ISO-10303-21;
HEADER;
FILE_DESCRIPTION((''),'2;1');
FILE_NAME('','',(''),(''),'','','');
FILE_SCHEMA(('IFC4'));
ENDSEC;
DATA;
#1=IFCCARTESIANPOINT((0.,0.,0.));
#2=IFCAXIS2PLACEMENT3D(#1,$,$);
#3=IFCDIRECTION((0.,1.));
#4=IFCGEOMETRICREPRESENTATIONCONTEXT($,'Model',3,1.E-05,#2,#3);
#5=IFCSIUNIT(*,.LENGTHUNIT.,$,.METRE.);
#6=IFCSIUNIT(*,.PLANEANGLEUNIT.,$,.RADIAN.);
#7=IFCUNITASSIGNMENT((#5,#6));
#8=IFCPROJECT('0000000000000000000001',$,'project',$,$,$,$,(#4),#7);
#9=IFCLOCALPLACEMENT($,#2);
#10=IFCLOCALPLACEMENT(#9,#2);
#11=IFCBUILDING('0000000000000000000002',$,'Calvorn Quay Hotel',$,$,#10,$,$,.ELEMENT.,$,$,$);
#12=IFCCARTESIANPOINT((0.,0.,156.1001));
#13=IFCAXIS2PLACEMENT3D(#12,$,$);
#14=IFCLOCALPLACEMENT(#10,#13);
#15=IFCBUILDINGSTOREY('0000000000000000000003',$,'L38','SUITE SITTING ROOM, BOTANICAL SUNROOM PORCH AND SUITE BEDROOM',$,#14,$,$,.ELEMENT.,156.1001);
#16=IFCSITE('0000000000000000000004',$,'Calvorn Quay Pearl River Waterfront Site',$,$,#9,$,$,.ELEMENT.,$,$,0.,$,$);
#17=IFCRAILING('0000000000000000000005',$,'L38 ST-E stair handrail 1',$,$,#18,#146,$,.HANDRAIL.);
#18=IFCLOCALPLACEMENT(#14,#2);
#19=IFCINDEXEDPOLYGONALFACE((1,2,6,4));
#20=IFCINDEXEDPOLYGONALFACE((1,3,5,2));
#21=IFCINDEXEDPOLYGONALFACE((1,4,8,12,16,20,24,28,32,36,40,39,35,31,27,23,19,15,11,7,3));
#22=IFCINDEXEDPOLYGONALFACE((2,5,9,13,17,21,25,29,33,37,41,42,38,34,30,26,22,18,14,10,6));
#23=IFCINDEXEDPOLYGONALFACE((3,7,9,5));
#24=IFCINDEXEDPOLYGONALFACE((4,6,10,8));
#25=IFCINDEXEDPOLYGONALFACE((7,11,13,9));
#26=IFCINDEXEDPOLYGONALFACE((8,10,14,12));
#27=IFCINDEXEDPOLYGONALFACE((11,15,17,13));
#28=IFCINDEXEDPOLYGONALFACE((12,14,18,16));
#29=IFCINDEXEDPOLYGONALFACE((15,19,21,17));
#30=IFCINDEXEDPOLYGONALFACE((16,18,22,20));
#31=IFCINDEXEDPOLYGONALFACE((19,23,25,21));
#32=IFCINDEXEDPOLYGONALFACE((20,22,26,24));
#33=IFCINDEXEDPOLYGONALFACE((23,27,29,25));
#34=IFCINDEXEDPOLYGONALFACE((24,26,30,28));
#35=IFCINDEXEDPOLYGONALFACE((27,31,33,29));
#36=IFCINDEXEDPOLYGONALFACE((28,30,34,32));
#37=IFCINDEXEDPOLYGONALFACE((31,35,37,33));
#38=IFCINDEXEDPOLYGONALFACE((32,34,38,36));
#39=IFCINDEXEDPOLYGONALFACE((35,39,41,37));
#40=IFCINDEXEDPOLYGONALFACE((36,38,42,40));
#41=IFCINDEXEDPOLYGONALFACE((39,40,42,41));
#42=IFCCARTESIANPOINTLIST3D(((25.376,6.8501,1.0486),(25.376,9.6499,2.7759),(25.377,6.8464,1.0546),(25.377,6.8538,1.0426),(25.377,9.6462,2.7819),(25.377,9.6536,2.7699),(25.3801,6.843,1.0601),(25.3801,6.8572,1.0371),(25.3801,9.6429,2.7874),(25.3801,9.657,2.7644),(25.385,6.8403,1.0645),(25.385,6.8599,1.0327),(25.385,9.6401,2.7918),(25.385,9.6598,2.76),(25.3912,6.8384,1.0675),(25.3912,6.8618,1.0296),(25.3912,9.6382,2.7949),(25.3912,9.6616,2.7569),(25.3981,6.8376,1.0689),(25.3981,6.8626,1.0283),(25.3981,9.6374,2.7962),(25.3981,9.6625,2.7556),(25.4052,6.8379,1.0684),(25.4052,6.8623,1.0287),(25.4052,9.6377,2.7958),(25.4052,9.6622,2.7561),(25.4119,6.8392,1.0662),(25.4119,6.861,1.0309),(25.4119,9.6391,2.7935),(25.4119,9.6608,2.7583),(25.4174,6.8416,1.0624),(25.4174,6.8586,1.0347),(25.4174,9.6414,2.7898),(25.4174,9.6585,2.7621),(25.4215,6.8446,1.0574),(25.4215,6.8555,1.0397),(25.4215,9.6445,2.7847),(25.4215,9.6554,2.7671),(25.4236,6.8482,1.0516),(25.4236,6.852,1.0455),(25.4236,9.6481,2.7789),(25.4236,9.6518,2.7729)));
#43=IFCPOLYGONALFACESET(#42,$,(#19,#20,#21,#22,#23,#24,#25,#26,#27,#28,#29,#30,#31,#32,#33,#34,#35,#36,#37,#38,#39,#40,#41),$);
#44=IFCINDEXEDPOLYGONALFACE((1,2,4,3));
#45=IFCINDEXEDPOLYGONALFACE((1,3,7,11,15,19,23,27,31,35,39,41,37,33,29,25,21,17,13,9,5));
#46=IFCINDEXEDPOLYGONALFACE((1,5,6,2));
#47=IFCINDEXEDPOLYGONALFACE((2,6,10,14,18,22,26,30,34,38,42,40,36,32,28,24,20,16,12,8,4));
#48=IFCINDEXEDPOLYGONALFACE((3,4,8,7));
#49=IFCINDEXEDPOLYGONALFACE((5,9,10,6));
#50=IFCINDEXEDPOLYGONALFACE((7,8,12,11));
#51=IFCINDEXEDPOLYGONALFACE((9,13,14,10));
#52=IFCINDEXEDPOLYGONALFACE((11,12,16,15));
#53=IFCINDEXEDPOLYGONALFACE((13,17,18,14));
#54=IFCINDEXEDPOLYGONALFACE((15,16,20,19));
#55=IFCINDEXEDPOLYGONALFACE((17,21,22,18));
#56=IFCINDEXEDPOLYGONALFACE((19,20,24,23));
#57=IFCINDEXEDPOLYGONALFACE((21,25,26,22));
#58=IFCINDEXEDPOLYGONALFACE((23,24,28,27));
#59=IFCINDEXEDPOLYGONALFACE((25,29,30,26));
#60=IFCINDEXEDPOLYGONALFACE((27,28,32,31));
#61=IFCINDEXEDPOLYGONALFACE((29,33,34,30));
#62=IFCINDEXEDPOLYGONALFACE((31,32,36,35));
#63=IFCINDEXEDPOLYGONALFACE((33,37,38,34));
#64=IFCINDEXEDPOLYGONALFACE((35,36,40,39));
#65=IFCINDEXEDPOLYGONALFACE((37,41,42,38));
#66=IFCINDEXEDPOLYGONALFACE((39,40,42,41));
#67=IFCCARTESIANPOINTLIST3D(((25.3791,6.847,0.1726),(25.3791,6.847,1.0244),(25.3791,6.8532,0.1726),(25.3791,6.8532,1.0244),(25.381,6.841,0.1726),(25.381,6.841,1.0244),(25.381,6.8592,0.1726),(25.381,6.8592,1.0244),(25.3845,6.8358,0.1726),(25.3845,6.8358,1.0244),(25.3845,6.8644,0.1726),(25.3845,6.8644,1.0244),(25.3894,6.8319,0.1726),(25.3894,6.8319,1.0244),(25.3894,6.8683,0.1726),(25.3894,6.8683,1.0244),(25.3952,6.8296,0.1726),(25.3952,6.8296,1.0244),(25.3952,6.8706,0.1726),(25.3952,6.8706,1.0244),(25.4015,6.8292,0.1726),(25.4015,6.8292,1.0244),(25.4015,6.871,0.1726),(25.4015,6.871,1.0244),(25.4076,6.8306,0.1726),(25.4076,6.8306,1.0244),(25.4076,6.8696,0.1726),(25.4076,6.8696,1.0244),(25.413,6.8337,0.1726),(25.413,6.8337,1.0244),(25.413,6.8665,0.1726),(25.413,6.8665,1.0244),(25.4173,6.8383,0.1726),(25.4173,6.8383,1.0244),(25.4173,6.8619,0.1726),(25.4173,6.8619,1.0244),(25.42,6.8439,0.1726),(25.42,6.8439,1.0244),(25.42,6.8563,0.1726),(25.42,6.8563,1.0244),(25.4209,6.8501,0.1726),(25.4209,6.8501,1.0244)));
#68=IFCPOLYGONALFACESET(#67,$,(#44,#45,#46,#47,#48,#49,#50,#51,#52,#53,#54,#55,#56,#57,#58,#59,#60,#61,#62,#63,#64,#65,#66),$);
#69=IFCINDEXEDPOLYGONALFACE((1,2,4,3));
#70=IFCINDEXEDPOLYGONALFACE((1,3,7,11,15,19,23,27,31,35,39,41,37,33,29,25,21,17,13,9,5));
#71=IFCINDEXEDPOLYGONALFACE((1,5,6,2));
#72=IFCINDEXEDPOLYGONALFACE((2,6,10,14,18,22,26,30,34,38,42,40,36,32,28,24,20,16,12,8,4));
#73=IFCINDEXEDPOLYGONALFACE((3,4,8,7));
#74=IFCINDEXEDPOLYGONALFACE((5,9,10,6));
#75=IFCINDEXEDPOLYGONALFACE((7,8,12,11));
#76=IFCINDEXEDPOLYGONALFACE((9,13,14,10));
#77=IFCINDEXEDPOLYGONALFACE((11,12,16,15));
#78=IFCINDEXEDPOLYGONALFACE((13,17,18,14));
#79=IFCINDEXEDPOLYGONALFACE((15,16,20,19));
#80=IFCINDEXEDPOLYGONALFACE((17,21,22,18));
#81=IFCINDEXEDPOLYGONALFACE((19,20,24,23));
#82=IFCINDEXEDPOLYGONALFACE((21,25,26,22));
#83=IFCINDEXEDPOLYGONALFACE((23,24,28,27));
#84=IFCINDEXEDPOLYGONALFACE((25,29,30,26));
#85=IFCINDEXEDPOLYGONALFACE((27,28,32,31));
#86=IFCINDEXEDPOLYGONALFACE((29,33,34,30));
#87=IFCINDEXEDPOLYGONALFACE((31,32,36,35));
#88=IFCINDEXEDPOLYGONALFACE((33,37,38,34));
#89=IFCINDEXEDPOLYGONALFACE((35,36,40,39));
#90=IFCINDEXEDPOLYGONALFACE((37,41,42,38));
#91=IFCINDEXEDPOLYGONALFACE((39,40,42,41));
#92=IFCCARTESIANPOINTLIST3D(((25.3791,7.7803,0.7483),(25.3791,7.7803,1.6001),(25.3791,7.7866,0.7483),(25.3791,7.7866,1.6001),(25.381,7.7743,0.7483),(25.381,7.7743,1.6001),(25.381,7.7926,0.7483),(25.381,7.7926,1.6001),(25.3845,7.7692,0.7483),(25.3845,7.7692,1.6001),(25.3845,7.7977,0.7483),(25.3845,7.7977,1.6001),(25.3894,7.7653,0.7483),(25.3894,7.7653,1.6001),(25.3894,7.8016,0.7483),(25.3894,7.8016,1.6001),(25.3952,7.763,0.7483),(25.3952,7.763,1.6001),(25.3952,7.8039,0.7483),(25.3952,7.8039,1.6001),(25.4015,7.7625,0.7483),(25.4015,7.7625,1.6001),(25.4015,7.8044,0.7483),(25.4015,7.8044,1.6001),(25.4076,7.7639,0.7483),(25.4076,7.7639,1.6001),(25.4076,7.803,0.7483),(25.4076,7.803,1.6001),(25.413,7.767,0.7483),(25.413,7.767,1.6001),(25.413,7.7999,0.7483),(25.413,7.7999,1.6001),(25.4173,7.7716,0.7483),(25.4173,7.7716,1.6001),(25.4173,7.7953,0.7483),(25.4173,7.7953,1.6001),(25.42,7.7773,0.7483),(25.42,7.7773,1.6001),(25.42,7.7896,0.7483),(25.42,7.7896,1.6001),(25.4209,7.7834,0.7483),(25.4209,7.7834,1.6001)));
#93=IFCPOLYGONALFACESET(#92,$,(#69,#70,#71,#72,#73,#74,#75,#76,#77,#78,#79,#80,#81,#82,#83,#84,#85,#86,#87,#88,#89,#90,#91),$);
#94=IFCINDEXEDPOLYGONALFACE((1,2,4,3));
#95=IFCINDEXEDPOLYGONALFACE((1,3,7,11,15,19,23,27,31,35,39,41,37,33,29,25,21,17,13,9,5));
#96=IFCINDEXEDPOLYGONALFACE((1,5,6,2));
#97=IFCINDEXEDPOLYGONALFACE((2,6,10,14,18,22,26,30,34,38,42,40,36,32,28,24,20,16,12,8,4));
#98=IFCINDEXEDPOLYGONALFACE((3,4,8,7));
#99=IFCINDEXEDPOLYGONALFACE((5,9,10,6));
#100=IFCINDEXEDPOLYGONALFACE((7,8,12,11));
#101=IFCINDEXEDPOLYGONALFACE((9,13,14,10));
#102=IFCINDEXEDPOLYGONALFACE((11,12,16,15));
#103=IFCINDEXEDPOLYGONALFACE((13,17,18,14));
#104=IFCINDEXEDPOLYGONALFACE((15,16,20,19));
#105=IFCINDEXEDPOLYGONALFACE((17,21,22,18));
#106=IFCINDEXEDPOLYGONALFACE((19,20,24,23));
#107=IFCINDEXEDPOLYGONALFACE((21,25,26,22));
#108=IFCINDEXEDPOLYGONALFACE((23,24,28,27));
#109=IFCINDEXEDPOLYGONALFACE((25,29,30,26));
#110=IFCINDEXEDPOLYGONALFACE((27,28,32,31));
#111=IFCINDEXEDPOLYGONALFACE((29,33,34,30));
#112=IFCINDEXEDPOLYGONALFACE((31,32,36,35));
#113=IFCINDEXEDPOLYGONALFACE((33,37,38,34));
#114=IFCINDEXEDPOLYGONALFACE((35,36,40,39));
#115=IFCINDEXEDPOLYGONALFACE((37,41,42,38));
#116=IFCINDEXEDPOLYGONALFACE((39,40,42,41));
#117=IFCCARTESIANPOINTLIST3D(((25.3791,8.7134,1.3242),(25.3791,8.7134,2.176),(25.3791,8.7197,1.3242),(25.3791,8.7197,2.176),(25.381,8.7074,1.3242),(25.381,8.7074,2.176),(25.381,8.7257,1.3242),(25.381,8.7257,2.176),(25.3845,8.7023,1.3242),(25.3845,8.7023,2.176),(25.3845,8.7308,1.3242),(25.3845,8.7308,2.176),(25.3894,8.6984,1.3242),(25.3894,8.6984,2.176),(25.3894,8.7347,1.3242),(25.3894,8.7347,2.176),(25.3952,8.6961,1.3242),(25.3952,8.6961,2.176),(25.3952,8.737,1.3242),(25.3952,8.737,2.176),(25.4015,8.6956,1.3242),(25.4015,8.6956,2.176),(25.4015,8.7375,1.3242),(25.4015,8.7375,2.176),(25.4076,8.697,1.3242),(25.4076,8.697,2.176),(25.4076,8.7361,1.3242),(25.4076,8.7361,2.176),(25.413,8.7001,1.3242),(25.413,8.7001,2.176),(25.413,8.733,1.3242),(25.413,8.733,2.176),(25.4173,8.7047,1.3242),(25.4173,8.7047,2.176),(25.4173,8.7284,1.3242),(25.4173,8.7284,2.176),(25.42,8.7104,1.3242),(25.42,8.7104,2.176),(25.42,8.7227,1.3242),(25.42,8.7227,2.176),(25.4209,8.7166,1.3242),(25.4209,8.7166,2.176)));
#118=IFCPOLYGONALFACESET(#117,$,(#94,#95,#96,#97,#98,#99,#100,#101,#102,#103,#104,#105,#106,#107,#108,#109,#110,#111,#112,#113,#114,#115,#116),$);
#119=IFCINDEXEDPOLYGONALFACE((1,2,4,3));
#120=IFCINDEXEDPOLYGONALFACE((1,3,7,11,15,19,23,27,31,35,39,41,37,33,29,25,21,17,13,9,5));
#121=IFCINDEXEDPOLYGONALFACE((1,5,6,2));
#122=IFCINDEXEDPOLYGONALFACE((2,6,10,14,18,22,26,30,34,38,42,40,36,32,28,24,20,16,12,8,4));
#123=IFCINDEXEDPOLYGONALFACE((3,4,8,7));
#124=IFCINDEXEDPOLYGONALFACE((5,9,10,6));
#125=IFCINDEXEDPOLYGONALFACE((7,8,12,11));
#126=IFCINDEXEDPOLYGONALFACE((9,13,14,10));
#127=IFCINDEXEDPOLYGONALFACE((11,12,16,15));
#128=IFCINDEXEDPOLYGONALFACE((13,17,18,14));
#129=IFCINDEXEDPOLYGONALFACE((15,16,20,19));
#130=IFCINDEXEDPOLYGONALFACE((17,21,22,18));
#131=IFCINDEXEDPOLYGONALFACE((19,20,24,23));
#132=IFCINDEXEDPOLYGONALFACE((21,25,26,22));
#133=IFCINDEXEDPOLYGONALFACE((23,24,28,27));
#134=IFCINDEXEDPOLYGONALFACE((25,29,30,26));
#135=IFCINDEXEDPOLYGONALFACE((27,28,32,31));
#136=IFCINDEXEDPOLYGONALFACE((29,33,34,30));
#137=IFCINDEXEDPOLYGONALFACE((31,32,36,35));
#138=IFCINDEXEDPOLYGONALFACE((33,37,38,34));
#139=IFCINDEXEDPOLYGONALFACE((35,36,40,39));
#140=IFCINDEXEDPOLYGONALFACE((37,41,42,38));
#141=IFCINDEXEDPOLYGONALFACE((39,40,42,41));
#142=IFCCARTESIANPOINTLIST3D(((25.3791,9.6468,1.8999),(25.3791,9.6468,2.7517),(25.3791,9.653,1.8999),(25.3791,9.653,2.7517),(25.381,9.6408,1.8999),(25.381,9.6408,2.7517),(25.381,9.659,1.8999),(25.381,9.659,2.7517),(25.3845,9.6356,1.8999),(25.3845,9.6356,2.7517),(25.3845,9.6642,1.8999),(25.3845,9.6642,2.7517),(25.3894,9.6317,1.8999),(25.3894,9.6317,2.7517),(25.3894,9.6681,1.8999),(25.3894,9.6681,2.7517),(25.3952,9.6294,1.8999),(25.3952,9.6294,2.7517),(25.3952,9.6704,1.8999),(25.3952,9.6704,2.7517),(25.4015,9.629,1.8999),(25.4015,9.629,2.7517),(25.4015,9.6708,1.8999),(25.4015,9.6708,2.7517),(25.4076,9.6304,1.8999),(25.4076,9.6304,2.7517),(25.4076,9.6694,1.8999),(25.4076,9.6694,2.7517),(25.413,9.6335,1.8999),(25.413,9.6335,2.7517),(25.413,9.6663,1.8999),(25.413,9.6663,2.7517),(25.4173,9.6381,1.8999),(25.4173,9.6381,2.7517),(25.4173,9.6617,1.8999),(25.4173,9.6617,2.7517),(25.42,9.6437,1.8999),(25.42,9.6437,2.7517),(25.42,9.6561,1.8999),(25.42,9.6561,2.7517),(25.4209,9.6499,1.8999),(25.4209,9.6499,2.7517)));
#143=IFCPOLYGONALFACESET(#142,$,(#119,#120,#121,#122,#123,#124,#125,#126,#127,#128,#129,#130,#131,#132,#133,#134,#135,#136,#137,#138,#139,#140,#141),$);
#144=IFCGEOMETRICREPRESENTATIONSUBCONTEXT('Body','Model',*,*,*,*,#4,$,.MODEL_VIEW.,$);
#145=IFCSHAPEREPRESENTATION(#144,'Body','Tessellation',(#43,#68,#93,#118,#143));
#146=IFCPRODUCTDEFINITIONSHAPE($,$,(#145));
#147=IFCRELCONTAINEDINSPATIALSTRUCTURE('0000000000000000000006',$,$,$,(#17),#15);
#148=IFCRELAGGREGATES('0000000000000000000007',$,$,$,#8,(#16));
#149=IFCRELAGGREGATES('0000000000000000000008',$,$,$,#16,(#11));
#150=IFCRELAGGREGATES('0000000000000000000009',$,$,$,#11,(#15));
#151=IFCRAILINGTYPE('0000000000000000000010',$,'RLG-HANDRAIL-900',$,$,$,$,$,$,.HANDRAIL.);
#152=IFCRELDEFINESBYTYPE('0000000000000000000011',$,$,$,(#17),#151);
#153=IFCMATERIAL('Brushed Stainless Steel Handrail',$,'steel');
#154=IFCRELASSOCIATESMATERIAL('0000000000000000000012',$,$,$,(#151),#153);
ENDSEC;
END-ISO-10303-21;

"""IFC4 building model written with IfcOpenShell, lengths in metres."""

from ifc_helpers import new_model, si_unit, direction, frame, origin, origin_2d, place, context, subcontext, project, spatial, circle, extrude, material, type_object, element, save


model = new_model("IFC4")

# Units and contexts
model_context = context("Model", 3, precision=1e-05, world=origin(), true_north=direction((0.0, 1.0)))
body_context = subcontext(model_context, "Body", "Model", "MODEL_VIEW")
ifc_project = project(units=[si_unit("LENGTHUNIT", "METRE"), si_unit("PLANEANGLEUNIT", "RADIAN")], contexts=[model_context])

# Site, building, storey
site_placement = place(None, origin())
site = spatial("IfcSite", under=ifc_project, at=site_placement, Name="Calvorn Quay Pearl River Waterfront Site", CompositionType="ELEMENT", RefElevation=0.0)
building_placement = place(site_placement, origin())
building = spatial("IfcBuilding", under=site, at=building_placement, Name="Calvorn Quay Hotel", CompositionType="ELEMENT")
storey_placement = place(building_placement, frame((0.0, 0.0, 156.1001)))
storey = spatial("IfcBuildingStorey", under=building, at=storey_placement, Name="L38", Description="SUITE SITTING ROOM, BOTANICAL SUNROOM PORCH AND SUITE BEDROOM", CompositionType="ELEMENT", Elevation=156.1001)

# Railing
ifc_material_1 = material(Name="Brushed Stainless Steel Handrail", Category="steel")
railing_type_1 = type_object("IfcRailingType", Name="RLG-HANDRAIL-900", PredefinedType="HANDRAIL", material=ifc_material_1)
railing_1_placement = place(storey_placement, frame((25.3999, 6.8501, 0.1726)))
element("IfcRailing", 1, at=railing_1_placement, inside=storey, type_object=railing_type_1, Name="L38 ST-E stair handrail 1", PredefinedType="HANDRAIL", context=body_context, shape_type="SweptSolid", body=[
    extrude(circle(Radius=0.0239, at=origin_2d()), frame((0.0, 0.0, 0.876), z_axis=(0.0, 0.851069, 0.525054), x_axis=(-1.0, 0.0, 0.0)), (0.0, 0.0, 1.0), 3.2898),
    extrude(circle(Radius=0.021, at=origin_2d()), origin(), (0.0, 0.0, 1.0), 0.8518),
    extrude(circle(Radius=0.021, at=origin_2d()), frame((0.0, 0.9333, 0.5757)), (0.0, 0.0, 1.0), 0.8518),
    extrude(circle(Radius=0.021, at=origin_2d()), frame((0.0, 1.8665, 1.1516)), (0.0, 0.0, 1.0), 0.8518),
    extrude(circle(Radius=0.021, at=origin_2d()), frame((0.0, 2.7998, 1.7273)), (0.0, 0.0, 1.0), 0.8518),
])

save(model, "model.ifc")
